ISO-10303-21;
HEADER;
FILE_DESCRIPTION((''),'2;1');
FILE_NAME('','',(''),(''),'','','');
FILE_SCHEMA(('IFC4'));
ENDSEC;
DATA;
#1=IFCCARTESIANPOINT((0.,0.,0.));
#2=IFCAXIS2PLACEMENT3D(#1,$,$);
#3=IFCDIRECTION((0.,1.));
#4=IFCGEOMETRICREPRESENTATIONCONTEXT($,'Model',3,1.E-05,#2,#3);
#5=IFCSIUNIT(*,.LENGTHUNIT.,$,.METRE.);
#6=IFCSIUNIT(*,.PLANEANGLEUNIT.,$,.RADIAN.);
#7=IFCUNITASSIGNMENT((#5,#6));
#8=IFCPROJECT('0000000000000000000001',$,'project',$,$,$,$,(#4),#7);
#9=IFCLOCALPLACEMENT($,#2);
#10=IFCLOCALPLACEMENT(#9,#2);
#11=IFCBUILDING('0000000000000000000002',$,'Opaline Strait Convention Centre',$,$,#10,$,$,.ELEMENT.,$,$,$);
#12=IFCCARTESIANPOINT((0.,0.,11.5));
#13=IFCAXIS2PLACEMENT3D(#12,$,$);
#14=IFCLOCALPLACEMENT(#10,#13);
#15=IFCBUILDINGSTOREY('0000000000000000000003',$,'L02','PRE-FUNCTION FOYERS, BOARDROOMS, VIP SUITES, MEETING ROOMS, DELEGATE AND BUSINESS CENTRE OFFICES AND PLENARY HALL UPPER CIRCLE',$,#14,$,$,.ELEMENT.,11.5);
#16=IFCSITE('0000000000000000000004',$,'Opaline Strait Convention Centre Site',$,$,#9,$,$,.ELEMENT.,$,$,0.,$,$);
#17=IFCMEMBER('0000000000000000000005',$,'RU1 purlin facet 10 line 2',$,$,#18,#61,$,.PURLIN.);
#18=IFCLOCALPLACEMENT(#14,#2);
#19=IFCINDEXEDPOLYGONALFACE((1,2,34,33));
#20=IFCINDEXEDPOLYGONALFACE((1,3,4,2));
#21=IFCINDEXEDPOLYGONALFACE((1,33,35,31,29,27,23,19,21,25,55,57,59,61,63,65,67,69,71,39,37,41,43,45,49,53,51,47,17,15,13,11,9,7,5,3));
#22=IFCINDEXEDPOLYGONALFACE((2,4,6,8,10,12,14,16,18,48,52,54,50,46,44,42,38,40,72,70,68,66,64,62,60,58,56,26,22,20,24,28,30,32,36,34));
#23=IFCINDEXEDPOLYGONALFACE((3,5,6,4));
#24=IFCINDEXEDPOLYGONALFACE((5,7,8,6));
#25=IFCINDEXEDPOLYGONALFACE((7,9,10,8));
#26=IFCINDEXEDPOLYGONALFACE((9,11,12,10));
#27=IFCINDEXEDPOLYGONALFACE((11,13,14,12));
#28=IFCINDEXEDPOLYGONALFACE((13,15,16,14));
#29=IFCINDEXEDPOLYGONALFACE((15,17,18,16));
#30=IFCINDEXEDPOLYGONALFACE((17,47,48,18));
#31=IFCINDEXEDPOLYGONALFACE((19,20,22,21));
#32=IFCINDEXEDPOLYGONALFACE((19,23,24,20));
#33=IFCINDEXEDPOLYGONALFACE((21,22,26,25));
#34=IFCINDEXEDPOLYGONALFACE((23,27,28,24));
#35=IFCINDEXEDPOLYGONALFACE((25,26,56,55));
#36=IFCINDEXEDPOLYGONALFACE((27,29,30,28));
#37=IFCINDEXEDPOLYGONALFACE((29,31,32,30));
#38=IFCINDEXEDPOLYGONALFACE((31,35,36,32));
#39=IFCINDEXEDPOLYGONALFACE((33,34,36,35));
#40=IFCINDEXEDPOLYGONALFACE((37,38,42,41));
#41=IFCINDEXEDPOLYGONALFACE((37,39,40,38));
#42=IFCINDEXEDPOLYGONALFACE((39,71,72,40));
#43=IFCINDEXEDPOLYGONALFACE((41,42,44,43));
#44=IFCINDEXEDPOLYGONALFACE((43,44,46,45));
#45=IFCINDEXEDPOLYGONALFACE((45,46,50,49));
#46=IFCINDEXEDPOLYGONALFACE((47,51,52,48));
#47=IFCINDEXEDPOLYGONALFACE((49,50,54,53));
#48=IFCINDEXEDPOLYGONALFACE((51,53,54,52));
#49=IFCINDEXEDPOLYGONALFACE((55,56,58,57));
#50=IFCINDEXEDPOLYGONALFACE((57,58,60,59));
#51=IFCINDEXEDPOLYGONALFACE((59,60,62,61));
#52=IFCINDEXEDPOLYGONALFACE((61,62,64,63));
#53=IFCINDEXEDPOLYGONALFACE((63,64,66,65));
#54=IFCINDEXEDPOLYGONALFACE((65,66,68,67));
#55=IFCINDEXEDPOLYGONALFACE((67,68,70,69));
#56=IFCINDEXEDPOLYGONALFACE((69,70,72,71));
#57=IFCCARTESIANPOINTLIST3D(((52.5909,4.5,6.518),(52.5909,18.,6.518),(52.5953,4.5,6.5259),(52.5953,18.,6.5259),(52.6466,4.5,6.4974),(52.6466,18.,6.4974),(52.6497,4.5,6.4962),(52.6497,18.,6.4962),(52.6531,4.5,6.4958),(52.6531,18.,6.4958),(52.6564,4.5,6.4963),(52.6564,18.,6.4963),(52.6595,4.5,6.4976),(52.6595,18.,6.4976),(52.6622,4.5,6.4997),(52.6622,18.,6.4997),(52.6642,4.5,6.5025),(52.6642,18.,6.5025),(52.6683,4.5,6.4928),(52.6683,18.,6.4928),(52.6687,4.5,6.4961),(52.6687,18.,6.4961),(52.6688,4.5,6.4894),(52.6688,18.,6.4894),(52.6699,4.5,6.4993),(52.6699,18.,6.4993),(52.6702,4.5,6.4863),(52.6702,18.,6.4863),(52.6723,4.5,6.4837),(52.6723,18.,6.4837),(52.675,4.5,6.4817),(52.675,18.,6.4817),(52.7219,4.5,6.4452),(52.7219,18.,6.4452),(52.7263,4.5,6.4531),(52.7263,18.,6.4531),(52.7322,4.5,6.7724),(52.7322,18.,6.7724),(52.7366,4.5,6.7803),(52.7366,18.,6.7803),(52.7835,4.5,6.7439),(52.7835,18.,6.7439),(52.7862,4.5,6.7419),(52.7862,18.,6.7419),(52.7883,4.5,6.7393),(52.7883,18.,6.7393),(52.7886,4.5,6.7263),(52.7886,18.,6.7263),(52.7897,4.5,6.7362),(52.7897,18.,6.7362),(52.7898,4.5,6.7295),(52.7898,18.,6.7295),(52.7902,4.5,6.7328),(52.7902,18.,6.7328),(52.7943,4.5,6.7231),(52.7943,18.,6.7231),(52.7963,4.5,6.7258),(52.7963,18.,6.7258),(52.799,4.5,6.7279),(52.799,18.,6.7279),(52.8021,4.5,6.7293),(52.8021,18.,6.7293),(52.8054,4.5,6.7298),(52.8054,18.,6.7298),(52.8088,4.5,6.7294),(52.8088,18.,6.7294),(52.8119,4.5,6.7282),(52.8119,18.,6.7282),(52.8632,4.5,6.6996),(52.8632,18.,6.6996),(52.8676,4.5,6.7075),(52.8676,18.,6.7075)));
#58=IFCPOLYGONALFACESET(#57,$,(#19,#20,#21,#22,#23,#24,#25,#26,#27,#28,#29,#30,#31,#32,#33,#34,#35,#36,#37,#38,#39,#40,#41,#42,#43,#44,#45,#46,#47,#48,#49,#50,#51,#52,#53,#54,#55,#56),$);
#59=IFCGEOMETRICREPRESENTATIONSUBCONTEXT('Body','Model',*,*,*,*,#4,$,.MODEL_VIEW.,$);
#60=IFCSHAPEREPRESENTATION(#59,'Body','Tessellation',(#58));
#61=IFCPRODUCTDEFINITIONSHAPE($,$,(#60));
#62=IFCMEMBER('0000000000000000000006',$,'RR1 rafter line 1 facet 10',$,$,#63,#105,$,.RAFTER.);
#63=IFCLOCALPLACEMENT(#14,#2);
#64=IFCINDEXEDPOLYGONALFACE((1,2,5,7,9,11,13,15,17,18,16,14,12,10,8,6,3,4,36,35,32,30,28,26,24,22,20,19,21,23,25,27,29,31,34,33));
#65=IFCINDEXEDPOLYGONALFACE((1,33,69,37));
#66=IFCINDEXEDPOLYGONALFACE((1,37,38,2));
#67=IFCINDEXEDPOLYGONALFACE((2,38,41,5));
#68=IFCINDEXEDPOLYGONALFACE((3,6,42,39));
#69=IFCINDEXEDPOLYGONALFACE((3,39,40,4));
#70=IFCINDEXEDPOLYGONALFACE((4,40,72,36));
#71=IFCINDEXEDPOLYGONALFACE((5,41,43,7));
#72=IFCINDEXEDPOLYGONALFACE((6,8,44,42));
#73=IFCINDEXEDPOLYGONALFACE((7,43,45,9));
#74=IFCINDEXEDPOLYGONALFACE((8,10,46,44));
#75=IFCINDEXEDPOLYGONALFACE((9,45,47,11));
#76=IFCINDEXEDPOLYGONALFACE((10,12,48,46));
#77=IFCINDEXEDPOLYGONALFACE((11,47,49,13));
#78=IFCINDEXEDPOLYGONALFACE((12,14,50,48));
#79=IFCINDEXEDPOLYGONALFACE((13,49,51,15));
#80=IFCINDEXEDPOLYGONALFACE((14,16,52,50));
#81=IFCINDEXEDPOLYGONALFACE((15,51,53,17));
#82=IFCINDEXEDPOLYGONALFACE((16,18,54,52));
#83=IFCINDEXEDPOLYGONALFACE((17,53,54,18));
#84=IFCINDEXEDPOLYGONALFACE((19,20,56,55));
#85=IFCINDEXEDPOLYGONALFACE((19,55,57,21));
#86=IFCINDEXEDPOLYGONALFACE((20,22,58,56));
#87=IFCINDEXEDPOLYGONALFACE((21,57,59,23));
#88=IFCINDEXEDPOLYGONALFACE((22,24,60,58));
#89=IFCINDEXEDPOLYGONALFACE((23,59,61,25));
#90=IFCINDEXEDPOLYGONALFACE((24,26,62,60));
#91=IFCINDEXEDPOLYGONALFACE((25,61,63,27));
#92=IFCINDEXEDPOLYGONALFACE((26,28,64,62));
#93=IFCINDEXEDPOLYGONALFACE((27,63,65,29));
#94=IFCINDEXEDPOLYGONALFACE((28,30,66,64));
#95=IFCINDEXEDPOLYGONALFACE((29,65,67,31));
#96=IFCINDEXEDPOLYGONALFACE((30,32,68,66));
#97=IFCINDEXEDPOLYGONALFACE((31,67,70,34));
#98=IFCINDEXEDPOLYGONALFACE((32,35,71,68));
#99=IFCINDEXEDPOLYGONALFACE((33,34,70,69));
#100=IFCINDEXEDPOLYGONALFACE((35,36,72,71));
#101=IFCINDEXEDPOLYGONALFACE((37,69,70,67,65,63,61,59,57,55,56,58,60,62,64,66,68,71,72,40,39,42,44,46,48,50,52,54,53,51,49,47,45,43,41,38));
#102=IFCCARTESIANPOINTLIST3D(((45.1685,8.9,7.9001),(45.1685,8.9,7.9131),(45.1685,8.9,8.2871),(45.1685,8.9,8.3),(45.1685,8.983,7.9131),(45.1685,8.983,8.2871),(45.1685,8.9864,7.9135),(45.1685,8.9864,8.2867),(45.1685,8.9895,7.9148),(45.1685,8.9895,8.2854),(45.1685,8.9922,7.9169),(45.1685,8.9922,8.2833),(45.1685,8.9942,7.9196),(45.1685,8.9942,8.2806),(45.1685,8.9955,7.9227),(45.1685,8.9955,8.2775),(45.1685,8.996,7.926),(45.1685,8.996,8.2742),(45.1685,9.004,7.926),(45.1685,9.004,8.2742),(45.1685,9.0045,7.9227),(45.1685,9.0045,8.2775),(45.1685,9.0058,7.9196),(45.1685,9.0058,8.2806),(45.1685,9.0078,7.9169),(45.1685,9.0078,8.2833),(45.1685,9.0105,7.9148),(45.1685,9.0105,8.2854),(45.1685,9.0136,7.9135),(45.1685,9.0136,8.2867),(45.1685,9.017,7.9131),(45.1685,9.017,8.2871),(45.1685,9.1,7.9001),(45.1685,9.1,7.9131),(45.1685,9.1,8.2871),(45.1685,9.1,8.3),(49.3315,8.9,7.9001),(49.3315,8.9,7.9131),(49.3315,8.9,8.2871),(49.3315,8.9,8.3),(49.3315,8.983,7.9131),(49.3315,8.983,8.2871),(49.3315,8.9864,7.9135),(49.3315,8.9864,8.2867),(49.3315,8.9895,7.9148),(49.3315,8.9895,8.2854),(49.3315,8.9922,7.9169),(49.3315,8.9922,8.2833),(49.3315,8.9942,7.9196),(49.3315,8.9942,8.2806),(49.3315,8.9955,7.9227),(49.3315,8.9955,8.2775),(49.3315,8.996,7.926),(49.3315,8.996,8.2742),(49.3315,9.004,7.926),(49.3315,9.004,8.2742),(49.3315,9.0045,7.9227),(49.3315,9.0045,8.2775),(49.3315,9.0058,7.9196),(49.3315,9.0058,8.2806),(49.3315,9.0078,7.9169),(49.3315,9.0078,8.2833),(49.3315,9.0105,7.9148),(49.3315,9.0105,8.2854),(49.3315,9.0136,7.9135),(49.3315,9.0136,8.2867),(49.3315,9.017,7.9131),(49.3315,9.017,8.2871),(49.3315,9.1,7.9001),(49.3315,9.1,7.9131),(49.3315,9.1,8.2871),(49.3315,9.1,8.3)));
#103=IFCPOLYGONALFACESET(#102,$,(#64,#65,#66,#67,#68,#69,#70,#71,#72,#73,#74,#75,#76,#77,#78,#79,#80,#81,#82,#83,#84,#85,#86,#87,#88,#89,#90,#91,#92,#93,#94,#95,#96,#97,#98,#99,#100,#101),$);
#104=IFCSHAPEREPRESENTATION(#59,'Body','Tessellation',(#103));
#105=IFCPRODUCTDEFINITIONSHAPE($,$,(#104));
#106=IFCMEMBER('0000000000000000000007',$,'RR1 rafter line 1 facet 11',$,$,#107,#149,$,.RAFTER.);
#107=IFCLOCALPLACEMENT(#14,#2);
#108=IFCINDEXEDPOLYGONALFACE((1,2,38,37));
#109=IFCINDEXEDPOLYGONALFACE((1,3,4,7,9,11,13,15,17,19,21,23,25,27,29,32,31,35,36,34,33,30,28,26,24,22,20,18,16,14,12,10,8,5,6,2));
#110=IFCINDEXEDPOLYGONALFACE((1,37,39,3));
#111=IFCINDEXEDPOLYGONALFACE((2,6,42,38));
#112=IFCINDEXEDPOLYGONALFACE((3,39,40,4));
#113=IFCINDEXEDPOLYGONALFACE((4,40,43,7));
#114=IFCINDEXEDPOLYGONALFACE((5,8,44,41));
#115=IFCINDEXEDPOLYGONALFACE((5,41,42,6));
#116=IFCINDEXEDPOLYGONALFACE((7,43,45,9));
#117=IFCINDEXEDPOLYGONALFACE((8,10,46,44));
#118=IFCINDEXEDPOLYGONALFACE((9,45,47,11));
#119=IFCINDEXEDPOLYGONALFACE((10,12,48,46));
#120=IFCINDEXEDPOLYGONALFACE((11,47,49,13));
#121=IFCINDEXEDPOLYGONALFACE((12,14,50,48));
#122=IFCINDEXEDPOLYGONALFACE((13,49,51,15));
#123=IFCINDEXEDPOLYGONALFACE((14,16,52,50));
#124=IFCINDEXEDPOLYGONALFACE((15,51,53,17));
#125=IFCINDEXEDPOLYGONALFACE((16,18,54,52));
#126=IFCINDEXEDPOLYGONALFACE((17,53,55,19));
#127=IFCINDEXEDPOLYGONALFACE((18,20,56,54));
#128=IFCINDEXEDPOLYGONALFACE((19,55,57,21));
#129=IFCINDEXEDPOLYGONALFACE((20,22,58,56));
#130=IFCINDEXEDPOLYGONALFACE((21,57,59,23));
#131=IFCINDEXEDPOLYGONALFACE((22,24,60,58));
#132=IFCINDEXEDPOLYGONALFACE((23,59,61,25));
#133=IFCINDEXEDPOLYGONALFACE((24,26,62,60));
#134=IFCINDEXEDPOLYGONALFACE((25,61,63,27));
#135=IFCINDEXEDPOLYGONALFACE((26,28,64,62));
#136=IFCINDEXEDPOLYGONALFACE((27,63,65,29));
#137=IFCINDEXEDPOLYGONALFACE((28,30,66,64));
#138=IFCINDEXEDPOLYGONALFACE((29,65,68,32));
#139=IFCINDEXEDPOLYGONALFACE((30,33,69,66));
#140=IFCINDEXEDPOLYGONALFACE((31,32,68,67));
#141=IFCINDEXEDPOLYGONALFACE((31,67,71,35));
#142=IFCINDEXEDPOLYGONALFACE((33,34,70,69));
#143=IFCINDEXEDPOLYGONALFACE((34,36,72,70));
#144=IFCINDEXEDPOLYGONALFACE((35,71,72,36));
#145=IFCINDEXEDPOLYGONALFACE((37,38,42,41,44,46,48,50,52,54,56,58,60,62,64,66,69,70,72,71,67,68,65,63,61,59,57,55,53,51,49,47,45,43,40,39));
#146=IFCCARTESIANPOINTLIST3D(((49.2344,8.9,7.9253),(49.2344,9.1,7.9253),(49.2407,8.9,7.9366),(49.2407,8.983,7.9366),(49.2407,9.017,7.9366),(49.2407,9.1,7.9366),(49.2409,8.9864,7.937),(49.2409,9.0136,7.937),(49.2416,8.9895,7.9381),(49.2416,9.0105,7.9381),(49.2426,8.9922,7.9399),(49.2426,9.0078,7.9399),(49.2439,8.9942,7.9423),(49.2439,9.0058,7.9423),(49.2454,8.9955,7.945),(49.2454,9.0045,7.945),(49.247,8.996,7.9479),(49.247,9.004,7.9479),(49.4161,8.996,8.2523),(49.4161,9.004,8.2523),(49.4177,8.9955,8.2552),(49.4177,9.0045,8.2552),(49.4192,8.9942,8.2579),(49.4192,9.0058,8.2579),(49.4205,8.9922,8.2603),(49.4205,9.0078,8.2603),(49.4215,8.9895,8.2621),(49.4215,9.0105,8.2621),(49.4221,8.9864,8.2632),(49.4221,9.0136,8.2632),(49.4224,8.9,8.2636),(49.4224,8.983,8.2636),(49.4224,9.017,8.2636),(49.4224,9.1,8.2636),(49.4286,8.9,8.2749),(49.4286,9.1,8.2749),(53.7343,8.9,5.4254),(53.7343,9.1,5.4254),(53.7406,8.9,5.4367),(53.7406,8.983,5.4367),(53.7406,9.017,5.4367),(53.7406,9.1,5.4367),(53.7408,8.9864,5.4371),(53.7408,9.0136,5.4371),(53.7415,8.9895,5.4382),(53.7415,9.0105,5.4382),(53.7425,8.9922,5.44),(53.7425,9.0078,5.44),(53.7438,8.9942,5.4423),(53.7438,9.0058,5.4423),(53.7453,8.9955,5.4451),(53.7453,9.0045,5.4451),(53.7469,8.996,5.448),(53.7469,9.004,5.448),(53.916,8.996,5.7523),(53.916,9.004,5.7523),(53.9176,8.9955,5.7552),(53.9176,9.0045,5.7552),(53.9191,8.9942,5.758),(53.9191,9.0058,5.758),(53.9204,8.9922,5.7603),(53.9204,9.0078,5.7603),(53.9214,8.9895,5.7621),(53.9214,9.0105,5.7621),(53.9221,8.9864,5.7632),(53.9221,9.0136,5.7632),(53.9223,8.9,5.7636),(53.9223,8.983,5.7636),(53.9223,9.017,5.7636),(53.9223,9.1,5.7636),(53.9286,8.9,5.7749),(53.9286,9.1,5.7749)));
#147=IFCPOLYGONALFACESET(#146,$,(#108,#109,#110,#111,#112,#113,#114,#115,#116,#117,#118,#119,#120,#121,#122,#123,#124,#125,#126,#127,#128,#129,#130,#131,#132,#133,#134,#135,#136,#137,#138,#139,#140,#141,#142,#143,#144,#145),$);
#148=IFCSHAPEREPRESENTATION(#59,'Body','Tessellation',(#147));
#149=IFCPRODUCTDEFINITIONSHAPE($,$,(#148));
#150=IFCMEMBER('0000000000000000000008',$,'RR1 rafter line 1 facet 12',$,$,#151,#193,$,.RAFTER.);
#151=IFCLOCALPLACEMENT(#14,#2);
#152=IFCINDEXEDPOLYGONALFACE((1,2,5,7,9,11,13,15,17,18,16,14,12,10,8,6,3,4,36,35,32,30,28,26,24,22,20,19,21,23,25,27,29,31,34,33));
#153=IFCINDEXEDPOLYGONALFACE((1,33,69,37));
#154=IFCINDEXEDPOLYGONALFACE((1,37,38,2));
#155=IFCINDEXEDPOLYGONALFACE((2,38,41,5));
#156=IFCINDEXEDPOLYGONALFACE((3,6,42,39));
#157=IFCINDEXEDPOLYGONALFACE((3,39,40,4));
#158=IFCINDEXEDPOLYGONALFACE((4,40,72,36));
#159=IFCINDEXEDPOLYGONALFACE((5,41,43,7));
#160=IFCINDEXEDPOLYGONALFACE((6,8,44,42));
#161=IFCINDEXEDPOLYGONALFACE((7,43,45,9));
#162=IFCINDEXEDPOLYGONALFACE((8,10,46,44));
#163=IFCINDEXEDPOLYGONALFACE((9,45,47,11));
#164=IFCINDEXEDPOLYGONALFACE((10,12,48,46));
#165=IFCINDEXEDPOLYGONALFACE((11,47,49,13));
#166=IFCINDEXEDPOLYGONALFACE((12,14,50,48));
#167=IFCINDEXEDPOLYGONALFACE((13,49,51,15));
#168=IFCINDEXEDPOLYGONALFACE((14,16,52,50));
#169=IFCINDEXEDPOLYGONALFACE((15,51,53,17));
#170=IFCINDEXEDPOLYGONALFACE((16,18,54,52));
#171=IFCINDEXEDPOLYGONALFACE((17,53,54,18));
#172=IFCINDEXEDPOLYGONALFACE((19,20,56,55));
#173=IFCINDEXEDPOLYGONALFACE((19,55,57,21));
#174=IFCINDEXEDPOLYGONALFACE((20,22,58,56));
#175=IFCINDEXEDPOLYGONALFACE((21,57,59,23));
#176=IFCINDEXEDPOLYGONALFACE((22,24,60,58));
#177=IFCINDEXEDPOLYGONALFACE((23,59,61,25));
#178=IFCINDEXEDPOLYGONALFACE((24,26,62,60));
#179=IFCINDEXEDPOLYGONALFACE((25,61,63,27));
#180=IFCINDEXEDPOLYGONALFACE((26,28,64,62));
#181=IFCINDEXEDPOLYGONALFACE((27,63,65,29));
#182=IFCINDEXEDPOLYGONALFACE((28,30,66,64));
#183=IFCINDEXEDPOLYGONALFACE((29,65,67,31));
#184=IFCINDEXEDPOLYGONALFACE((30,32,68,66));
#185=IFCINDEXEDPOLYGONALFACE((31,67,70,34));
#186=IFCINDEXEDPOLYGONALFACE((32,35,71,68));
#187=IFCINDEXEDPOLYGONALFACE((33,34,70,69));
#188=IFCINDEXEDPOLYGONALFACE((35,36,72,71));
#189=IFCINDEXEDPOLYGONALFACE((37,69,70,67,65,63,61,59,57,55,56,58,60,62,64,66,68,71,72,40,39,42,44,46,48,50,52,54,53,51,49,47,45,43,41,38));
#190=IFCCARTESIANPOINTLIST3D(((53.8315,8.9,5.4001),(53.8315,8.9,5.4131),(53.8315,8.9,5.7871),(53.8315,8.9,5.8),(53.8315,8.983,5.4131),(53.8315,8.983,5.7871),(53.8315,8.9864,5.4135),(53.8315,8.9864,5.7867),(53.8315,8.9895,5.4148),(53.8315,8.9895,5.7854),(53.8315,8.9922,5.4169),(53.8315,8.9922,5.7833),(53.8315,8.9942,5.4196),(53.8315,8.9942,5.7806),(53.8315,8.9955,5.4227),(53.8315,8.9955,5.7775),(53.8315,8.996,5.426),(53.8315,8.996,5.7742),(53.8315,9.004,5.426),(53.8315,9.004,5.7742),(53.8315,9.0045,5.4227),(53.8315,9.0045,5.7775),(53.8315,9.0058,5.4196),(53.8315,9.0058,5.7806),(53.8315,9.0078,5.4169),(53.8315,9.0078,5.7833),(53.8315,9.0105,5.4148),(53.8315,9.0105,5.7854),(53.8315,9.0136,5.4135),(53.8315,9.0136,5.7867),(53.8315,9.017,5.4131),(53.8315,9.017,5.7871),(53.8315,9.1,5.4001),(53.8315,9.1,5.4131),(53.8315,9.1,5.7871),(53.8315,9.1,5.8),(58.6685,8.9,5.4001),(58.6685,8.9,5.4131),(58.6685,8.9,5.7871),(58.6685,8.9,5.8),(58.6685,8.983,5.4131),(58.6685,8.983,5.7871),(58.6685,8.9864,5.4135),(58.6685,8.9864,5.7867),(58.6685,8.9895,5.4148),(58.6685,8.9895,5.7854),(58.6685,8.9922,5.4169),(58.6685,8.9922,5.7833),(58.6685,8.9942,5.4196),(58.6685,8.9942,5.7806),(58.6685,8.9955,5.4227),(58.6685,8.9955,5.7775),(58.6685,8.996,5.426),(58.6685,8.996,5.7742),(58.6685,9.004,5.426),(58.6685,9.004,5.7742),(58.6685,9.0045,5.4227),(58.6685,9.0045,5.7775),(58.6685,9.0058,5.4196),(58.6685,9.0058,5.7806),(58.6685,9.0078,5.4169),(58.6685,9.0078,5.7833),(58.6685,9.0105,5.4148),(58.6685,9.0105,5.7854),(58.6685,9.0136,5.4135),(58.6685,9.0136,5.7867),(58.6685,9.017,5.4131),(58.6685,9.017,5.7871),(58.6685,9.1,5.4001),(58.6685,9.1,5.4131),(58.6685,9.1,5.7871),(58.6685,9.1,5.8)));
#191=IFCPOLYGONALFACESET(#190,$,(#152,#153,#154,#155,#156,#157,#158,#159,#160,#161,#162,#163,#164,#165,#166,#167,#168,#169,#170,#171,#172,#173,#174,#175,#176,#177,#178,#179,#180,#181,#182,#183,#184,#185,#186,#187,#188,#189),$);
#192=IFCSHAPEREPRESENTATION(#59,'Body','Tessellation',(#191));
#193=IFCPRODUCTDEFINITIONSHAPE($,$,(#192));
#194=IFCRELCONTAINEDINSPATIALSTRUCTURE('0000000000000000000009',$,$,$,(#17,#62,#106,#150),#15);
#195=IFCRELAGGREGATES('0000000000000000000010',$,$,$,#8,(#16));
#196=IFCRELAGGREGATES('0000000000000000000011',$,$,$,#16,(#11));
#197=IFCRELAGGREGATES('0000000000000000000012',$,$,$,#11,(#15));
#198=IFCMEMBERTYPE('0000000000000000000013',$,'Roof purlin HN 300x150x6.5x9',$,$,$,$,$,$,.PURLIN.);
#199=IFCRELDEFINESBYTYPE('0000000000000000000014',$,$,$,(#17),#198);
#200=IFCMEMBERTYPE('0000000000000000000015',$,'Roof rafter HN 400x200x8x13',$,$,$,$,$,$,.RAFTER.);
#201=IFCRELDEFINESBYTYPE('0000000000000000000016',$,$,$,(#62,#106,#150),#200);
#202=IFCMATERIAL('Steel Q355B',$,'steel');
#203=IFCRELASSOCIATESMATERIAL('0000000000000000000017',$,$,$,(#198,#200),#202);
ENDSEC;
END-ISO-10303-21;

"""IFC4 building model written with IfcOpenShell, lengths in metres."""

from ifc_helpers import new_model, si_unit, direction, frame, origin, origin_2d, place, context, subcontext, project, spatial, i_section, extrude, material, material_profile, profile_set, type_object, element, save


model = new_model("IFC4")

# Units and contexts
model_context = context("Model", 3, precision=1e-05, world=origin(), true_north=direction((0.0, 1.0)))
body_context = subcontext(model_context, "Body", "Model", "MODEL_VIEW")
ifc_project = project(units=[si_unit("LENGTHUNIT", "METRE"), si_unit("PLANEANGLEUNIT", "RADIAN")], contexts=[model_context])

# Site, building, storey
site_placement = place(None, origin())
site = spatial("IfcSite", under=ifc_project, at=site_placement, Name="Opaline Strait Convention Centre Site", CompositionType="ELEMENT", RefElevation=0.0)
building_placement = place(site_placement, origin())
building = spatial("IfcBuilding", under=site, at=building_placement, Name="Opaline Strait Convention Centre", CompositionType="ELEMENT")
storey_placement = place(building_placement, frame((0.0, 0.0, 11.5)))
storey = spatial("IfcBuildingStorey", under=building, at=storey_placement, Name="L02", Description="PRE-FUNCTION FOYERS, BOARDROOMS, VIP SUITES, MEETING ROOMS, DELEGATE AND BUSINESS CENTRE OFFICES AND PLENARY HALL UPPER CIRCLE", CompositionType="ELEMENT", Elevation=11.5)

# Shared definitions
ifc_material_1 = material(Name="Steel Q355B", Category="steel")

# Members
ifc_material_profile_1 = material_profile(ifc_material_1, i_section(OverallWidth=0.1499, OverallDepth=0.3, WebThickness=0.0066, FlangeThickness=0.009, FilletRadius=0.0129, at=origin_2d()), Name="HN 300x150x6.5x9")
ifc_profile_set_1 = profile_set([ifc_material_profile_1], Name="Steel Q355B")
member_type_1 = type_object("IfcMemberType", Name="Roof purlin HN 300x150x6.5x9", PredefinedType="PURLIN", material=ifc_profile_set_1)
for number, where, z_axis, x_axis, name in (
    (1, (52.7292, 4.5, 6.6128), (0.0, 1.0, 0.0), (-0.874157, 0.0, 0.485643), "RU1 purlin facet 10 line 2"),
):
    element("IfcMember", number, at=place(storey_placement, frame(where, z_axis=z_axis, x_axis=x_axis)), inside=storey, type_object=member_type_1, Name=name, PredefinedType="PURLIN", context=body_context, shape_type="SweptSolid", body=[
        extrude(i_section(OverallWidth=0.1499, OverallDepth=0.3, WebThickness=0.0066, FlangeThickness=0.009, FilletRadius=0.0129, at=origin_2d()), origin(), (0.0, 0.0, 1.0), 13.5),
    ])
ifc_material_profile_2 = material_profile(ifc_material_1, i_section(OverallWidth=0.2, OverallDepth=0.3999, WebThickness=0.0081, FlangeThickness=0.0129, FilletRadius=0.0129, at=origin_2d()), Name="HN 400x200x8x13")
ifc_profile_set_2 = profile_set([ifc_material_profile_2], Name="Steel Q355B")
member_type_2 = type_object("IfcMemberType", Name="Roof rafter HN 400x200x8x13", PredefinedType="RAFTER", material=ifc_profile_set_2)
member_1_placement = place(storey_placement, frame((45.1685, 9.0, 8.1001), z_axis=(1.0, 0.0, 0.0), x_axis=(0.0, 1.0, 0.0)))
element("IfcMember", 2, at=member_1_placement, inside=storey, type_object=member_type_2, Name="RR1 rafter line 1 facet 10", PredefinedType="RAFTER", context=body_context, shape_type="SweptSolid", body=[
    extrude(i_section(OverallWidth=0.2, OverallDepth=0.3999, WebThickness=0.0081, FlangeThickness=0.0129, FilletRadius=0.0129, at=origin_2d()), origin(), (0.0, 0.0, 1.0), 4.1631),
])
member_2_placement = place(storey_placement, frame((49.3315, 9.0, 8.1001), z_axis=(0.874157, 0.0, -0.485643), x_axis=(0.0, 1.0, 0.0)))
element("IfcMember", 3, at=member_2_placement, inside=storey, type_object=member_type_2, Name="RR1 rafter line 1 facet 11", PredefinedType="RAFTER", context=body_context, shape_type="SweptSolid", body=[
    extrude(i_section(OverallWidth=0.2, OverallDepth=0.3999, WebThickness=0.0081, FlangeThickness=0.0129, FilletRadius=0.0129, at=origin_2d()), origin(), (0.0, 0.0, 1.0), 5.1477),
])
member_3_placement = place(storey_placement, frame((53.8315, 9.0, 5.6001), z_axis=(1.0, 0.0, 0.0), x_axis=(0.0, 1.0, 0.0)))
element("IfcMember", 4, at=member_3_placement, inside=storey, type_object=member_type_2, Name="RR1 rafter line 1 facet 12", PredefinedType="RAFTER", context=body_context, shape_type="SweptSolid", body=[
    extrude(i_section(OverallWidth=0.2, OverallDepth=0.3999, WebThickness=0.0081, FlangeThickness=0.0129, FilletRadius=0.0129, at=origin_2d()), origin(), (0.0, 0.0, 1.0), 4.8369),
])

save(model, "model.ifc")
